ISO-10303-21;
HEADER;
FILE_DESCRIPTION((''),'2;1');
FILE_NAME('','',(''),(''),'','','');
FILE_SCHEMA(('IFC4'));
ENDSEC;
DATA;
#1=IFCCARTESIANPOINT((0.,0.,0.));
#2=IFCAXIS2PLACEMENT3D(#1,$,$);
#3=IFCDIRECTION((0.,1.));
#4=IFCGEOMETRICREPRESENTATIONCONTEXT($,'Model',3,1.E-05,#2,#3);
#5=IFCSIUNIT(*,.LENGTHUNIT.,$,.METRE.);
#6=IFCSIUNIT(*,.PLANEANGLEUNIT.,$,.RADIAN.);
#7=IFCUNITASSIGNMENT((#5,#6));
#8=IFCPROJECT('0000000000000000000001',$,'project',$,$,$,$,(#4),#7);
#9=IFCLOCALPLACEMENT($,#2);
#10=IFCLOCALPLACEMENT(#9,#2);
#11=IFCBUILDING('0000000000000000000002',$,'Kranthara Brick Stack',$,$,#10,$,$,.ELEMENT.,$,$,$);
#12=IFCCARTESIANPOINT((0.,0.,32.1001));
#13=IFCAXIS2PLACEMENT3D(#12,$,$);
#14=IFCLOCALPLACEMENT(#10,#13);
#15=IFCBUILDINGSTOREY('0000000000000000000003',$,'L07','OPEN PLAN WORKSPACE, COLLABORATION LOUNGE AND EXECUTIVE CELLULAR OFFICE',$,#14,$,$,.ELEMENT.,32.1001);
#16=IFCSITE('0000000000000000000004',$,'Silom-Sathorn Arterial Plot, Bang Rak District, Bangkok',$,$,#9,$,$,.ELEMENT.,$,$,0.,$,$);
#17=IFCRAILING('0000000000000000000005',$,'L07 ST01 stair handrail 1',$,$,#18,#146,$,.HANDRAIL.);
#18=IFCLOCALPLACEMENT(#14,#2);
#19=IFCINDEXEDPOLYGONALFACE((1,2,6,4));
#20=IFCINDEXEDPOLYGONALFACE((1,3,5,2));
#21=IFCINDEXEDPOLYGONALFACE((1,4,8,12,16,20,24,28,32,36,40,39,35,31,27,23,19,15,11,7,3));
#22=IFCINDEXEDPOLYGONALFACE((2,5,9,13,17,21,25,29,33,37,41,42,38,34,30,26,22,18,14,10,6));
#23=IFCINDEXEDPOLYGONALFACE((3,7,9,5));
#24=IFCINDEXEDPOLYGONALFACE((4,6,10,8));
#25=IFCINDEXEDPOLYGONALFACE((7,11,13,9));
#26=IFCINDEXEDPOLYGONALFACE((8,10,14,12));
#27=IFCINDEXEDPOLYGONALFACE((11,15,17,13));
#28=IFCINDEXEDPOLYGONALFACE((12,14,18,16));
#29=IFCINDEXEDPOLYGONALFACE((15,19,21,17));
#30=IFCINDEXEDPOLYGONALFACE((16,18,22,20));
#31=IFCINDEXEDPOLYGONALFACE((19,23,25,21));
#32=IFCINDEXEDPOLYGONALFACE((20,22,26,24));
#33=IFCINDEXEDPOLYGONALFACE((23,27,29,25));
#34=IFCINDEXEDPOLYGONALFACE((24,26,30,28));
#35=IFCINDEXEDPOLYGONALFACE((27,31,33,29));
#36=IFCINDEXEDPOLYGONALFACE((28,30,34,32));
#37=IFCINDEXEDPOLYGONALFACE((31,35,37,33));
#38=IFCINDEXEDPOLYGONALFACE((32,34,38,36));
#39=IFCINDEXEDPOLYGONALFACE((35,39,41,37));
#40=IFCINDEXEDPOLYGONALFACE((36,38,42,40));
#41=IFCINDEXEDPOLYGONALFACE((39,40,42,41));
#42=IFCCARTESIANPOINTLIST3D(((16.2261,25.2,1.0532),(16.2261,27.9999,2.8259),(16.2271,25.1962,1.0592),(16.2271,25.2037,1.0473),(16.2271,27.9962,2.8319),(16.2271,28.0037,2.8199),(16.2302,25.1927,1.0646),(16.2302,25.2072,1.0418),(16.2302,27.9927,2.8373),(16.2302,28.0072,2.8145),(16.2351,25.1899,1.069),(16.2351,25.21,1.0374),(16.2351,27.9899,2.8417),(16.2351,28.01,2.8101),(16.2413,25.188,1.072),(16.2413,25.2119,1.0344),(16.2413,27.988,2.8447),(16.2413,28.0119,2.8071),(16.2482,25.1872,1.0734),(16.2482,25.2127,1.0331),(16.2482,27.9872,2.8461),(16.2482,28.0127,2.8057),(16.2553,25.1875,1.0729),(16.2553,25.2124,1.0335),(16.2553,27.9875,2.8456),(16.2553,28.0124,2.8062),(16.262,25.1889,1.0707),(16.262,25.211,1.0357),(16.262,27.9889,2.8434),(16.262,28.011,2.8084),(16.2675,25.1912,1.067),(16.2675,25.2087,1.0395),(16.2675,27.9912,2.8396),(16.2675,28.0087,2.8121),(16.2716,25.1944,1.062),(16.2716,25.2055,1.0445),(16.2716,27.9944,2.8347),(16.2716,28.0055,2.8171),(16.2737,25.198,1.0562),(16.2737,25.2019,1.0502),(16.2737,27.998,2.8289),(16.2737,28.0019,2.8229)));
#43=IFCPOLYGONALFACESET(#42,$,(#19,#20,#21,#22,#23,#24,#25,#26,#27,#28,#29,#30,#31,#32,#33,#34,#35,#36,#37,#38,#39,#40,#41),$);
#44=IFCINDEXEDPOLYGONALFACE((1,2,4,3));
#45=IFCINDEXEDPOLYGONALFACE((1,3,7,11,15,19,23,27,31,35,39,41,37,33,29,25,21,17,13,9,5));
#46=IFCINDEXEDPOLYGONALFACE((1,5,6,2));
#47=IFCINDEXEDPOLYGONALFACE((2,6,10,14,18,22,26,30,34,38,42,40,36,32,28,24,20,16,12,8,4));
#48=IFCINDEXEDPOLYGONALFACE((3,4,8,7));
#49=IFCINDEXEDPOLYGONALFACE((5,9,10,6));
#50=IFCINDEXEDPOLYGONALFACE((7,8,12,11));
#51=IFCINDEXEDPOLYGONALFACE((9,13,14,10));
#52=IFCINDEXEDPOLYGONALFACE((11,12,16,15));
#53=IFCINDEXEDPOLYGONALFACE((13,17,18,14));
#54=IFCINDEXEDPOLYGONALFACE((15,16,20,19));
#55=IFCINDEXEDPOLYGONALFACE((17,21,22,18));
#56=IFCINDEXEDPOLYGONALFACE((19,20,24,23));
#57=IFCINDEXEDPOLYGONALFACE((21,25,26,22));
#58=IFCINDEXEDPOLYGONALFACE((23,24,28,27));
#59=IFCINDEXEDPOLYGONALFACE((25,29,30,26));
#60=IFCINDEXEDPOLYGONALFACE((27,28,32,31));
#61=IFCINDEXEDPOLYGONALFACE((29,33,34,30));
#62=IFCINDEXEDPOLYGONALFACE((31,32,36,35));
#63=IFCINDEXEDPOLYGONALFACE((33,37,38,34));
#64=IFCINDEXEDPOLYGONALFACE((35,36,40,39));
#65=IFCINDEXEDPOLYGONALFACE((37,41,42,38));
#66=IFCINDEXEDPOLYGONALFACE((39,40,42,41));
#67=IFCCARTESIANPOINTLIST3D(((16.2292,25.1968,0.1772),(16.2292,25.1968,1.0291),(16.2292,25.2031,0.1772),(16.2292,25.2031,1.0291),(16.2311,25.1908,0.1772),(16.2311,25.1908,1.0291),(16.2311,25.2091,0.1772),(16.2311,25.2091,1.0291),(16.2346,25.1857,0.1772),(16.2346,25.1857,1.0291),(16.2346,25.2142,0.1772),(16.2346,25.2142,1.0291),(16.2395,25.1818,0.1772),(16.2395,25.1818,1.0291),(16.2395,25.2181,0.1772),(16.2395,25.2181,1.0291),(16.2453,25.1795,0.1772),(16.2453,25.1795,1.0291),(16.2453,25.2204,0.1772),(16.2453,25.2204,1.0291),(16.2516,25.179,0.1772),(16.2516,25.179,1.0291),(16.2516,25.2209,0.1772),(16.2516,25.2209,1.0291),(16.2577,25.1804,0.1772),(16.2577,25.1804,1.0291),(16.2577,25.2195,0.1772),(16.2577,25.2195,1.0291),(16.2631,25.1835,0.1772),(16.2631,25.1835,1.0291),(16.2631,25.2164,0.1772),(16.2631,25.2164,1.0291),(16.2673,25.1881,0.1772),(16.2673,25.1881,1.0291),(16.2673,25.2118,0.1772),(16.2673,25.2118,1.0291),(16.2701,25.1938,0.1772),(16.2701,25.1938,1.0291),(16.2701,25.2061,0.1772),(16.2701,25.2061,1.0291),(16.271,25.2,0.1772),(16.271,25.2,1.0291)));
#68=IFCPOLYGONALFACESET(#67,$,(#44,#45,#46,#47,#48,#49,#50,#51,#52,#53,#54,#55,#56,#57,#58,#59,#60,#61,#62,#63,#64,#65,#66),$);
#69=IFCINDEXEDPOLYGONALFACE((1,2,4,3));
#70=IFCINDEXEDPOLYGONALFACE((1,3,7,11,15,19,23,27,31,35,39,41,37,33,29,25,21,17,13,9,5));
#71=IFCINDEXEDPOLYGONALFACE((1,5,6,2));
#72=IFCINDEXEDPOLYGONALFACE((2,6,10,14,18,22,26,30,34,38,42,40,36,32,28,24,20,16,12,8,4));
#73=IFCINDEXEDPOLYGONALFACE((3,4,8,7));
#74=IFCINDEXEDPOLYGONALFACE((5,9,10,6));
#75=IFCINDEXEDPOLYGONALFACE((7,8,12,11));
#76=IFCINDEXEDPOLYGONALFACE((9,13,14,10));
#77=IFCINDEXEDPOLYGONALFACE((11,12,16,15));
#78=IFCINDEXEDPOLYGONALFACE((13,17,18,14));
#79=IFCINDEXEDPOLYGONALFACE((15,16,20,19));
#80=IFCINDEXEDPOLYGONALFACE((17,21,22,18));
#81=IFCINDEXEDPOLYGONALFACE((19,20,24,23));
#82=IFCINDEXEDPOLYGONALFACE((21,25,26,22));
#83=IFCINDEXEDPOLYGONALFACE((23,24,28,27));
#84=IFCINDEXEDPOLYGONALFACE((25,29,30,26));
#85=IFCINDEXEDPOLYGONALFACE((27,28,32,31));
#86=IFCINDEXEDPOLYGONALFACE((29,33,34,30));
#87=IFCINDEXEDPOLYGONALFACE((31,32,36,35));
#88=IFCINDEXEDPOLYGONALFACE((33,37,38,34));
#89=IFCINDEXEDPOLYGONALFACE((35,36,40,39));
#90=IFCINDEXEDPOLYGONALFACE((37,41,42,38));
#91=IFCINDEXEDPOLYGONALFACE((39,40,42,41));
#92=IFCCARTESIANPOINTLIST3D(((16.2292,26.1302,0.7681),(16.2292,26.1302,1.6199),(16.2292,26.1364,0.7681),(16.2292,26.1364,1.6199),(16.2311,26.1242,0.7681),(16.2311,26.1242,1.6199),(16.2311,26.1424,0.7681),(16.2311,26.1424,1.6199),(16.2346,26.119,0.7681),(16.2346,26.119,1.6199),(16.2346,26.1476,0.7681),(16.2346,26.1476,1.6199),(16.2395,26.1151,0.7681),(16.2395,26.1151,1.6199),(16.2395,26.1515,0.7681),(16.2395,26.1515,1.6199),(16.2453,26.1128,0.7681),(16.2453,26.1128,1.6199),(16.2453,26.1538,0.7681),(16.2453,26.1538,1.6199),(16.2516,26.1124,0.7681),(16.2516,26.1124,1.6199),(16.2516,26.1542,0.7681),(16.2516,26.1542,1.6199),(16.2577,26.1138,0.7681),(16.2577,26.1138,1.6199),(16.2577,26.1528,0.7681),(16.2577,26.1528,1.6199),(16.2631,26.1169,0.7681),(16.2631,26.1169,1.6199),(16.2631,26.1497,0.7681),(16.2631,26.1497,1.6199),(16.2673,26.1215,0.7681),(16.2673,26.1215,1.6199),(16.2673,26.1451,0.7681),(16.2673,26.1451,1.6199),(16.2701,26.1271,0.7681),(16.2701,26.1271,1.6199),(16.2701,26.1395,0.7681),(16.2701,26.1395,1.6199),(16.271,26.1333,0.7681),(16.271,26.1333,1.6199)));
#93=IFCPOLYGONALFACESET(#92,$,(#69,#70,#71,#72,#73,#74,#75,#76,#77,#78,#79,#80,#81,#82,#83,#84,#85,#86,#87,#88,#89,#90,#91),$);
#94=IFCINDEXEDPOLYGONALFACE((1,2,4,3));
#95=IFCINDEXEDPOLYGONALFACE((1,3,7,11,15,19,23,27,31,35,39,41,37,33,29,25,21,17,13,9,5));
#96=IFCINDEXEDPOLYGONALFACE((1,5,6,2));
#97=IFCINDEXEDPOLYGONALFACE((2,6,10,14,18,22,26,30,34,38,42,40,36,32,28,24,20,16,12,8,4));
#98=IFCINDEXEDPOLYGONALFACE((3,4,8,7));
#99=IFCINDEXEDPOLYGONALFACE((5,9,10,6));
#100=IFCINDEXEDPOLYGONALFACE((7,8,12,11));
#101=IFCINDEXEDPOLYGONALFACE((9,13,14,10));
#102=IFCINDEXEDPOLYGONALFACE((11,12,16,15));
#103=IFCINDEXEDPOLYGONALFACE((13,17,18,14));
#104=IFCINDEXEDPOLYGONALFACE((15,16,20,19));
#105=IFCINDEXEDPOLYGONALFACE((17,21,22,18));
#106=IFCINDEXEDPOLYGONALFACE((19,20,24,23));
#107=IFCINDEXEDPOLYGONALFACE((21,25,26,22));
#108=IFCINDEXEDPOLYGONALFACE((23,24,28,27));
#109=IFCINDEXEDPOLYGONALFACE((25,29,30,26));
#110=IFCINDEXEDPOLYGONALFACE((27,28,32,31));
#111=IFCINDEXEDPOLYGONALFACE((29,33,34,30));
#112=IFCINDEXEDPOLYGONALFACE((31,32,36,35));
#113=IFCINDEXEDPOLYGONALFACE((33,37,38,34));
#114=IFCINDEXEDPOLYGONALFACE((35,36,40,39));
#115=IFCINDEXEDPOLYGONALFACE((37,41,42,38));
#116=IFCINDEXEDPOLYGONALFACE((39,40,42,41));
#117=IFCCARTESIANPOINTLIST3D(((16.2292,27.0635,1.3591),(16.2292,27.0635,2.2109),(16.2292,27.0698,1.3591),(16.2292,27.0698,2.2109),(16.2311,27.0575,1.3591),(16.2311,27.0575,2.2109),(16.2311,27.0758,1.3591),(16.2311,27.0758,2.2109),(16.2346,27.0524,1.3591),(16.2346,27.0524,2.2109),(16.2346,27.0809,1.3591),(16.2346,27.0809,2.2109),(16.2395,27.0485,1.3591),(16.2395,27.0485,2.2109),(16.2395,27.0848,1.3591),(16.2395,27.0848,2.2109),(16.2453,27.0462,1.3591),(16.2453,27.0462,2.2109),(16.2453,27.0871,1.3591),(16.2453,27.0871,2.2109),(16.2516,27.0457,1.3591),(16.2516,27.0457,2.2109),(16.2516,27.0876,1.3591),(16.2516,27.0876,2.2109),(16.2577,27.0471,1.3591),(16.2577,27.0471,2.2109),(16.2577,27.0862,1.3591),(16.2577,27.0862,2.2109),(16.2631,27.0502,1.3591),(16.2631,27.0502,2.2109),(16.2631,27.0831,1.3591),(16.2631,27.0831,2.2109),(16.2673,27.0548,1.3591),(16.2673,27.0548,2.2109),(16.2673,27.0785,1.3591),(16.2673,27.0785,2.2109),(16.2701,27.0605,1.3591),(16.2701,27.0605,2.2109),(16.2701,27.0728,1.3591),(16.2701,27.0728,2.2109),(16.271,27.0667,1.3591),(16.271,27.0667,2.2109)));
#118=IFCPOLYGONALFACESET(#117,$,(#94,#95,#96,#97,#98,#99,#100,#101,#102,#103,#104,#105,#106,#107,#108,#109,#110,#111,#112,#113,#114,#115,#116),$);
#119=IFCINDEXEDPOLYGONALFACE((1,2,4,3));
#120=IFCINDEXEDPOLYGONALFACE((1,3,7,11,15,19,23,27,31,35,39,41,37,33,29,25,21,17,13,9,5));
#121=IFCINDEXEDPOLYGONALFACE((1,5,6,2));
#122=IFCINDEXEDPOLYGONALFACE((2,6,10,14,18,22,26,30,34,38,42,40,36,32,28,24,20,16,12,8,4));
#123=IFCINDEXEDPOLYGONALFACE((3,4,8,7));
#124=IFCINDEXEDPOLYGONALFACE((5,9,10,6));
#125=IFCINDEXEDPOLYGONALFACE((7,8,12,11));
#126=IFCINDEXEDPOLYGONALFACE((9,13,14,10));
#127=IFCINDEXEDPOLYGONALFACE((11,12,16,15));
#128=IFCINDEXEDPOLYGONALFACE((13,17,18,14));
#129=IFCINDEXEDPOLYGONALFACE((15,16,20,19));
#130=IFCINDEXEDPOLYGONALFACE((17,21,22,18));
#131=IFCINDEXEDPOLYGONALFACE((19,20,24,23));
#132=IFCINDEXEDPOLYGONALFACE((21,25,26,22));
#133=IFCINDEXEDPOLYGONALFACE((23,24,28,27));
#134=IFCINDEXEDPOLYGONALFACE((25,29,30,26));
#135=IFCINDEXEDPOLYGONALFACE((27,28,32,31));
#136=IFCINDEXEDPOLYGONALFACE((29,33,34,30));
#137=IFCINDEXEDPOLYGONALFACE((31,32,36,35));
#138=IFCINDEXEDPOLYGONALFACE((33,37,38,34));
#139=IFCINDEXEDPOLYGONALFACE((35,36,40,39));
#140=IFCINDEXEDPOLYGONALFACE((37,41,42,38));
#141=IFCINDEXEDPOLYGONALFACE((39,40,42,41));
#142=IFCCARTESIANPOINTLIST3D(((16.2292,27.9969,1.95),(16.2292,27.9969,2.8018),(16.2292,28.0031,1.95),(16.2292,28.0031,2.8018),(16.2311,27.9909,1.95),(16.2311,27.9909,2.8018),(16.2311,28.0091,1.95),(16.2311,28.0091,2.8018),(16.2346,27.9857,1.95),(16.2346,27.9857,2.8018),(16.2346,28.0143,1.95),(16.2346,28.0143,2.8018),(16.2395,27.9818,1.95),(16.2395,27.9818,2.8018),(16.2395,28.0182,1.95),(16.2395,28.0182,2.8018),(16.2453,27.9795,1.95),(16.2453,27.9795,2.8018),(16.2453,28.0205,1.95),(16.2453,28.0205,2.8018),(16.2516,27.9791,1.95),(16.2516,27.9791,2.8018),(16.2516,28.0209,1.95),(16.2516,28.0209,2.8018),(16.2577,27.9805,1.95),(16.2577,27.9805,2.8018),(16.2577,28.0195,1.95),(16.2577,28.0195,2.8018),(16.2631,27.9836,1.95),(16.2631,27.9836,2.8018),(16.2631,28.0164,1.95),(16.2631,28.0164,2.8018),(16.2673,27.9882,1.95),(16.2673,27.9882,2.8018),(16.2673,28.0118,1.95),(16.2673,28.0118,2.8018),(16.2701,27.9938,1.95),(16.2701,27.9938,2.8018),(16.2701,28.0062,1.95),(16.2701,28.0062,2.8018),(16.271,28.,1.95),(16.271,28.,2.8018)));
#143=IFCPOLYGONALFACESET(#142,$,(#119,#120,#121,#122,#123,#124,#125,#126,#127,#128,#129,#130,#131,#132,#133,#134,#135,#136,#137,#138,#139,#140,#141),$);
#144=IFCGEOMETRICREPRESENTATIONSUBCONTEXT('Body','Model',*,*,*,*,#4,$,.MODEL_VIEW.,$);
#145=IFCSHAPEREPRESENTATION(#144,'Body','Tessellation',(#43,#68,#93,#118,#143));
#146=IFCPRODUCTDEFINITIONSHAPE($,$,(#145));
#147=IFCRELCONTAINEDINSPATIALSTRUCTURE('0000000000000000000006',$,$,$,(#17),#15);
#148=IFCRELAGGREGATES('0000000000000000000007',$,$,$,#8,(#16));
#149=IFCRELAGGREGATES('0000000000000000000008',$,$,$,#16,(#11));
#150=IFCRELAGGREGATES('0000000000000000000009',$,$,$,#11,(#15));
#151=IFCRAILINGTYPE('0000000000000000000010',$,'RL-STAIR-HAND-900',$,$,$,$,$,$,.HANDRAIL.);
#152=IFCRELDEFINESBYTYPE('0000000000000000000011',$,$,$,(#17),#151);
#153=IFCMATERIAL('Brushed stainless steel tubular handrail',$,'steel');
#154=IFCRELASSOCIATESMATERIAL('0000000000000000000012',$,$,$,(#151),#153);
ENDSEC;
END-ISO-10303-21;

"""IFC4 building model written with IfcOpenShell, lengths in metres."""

from ifc_helpers import new_model, si_unit, direction, frame, origin, origin_2d, place, context, subcontext, project, spatial, circle, extrude, material, type_object, element, save


model = new_model("IFC4")

# Units and contexts
model_context = context("Model", 3, precision=1e-05, world=origin(), true_north=direction((0.0, 1.0)))
body_context = subcontext(model_context, "Body", "Model", "MODEL_VIEW")
ifc_project = project(units=[si_unit("LENGTHUNIT", "METRE"), si_unit("PLANEANGLEUNIT", "RADIAN")], contexts=[model_context])

# Site, building, storey
site_placement = place(None, origin())
site = spatial("IfcSite", under=ifc_project, at=site_placement, Name="Silom-Sathorn Arterial Plot, Bang Rak District, Bangkok", CompositionType="ELEMENT", RefElevation=0.0)
building_placement = place(site_placement, origin())
building = spatial("IfcBuilding", under=site, at=building_placement, Name="Kranthara Brick Stack", CompositionType="ELEMENT")
storey_placement = place(building_placement, frame((0.0, 0.0, 32.1001)))
storey = spatial("IfcBuildingStorey", under=building, at=storey_placement, Name="L07", Description="OPEN PLAN WORKSPACE, COLLABORATION LOUNGE AND EXECUTIVE CELLULAR OFFICE", CompositionType="ELEMENT", Elevation=32.1001)

# Railing
ifc_material_1 = material(Name="Brushed stainless steel tubular handrail", Category="steel")
railing_type_1 = type_object("IfcRailingType", Name="RL-STAIR-HAND-900", PredefinedType="HANDRAIL", material=ifc_material_1)
railing_1_placement = place(storey_placement, frame((16.25, 25.2, 0.1772)))
element("IfcRailing", 1, at=railing_1_placement, inside=storey, type_object=railing_type_1, Name="L07 ST01 stair handrail 1", PredefinedType="HANDRAIL", context=body_context, shape_type="SweptSolid", body=[
    extrude(circle(Radius=0.0239, at=origin_2d()), frame((0.0, 0.0, 0.876), z_axis=(0.0, 0.844909, 0.53491), x_axis=(-1.0, 0.0, 0.0)), (0.0, 0.0, 1.0), 3.314),
    extrude(circle(Radius=0.021, at=origin_2d()), origin(), (0.0, 0.0, 1.0), 0.8518),
    extrude(circle(Radius=0.021, at=origin_2d()), frame((0.0, 0.9333, 0.5908)), (0.0, 0.0, 1.0), 0.8518),
    extrude(circle(Radius=0.021, at=origin_2d()), frame((0.0, 1.8667, 1.1819)), (0.0, 0.0, 1.0), 0.8518),
    extrude(circle(Radius=0.021, at=origin_2d()), frame((0.0, 2.8, 1.7727)), (0.0, 0.0, 1.0), 0.8518),
])

save(model, "model.ifc")
